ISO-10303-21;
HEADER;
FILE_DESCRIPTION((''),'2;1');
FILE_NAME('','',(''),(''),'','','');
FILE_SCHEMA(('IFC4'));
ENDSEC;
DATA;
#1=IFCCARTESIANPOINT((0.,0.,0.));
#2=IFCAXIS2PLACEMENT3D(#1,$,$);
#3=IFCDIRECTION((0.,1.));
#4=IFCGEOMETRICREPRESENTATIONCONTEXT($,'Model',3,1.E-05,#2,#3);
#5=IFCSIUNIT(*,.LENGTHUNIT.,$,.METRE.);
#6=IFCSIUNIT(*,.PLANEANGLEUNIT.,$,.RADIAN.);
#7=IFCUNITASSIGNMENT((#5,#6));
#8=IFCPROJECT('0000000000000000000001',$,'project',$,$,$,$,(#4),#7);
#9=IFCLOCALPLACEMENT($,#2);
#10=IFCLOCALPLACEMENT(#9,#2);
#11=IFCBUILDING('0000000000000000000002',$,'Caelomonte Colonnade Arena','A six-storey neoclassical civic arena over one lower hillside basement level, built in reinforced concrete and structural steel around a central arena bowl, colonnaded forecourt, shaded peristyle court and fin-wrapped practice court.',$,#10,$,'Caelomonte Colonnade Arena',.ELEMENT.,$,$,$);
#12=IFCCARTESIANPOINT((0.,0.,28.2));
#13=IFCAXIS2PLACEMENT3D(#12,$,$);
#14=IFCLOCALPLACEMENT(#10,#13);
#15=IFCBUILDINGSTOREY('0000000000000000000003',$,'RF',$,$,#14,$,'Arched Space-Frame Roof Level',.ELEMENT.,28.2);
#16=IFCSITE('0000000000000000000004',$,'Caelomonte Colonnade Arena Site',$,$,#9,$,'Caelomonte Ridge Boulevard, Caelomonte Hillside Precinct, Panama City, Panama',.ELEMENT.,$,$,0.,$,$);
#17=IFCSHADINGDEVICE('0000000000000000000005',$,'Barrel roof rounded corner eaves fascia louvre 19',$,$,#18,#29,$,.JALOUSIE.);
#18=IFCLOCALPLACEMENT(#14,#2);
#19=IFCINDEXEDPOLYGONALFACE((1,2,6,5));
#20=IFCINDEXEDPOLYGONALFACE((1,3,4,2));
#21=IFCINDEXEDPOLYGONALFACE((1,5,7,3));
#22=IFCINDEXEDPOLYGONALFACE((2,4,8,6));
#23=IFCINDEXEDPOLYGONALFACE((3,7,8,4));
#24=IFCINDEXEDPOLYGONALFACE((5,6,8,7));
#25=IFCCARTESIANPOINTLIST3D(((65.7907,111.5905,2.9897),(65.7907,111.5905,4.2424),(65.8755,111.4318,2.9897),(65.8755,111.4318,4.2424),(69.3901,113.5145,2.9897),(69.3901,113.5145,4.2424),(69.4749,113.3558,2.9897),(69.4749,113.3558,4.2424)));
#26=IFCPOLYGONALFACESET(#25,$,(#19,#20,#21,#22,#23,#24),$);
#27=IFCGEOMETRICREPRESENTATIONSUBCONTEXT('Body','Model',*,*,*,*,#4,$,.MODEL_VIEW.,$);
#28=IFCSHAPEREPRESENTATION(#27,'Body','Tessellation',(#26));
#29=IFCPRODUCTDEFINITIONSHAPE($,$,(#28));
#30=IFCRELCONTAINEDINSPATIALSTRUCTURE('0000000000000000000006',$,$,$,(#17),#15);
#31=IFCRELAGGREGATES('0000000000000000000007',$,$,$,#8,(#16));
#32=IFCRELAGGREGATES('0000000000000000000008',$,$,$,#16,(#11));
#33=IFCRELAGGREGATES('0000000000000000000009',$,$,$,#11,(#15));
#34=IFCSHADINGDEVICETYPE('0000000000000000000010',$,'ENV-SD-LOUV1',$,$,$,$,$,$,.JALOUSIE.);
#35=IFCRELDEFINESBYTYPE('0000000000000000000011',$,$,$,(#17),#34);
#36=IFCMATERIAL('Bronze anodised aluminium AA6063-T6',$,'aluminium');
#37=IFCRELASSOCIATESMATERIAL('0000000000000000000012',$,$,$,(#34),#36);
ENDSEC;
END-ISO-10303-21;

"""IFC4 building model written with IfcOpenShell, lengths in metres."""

from ifc_helpers import new_model, si_unit, direction, frame, origin, origin_2d, place, context, subcontext, project, spatial, rectangle, extrude, material, type_object, element, save


model = new_model("IFC4")

# Units and contexts
model_context = context("Model", 3, precision=1e-05, world=origin(), true_north=direction((0.0, 1.0)))
body_context = subcontext(model_context, "Body", "Model", "MODEL_VIEW")
ifc_project = project(units=[si_unit("LENGTHUNIT", "METRE"), si_unit("PLANEANGLEUNIT", "RADIAN")], contexts=[model_context])

# Site, building, storey
site_placement = place(None, origin())
site = spatial("IfcSite", under=ifc_project, at=site_placement, Name="Caelomonte Colonnade Arena Site", LongName="Caelomonte Ridge Boulevard, Caelomonte Hillside Precinct, Panama City, Panama", CompositionType="ELEMENT", RefElevation=0.0)
building_placement = place(site_placement, origin())
building = spatial("IfcBuilding", under=site, at=building_placement, Name="Caelomonte Colonnade Arena", Description="A six-storey neoclassical civic arena over one lower hillside basement level, built in reinforced concrete and structural steel around a central arena bowl, colonnaded forecourt, shaded peristyle court and fin-wrapped practice court.", LongName="Caelomonte Colonnade Arena", CompositionType="ELEMENT")
storey_placement = place(building_placement, frame((0.0, 0.0, 28.2)))
storey = spatial("IfcBuildingStorey", under=building, at=storey_placement, Name="RF", LongName="Arched Space-Frame Roof Level", CompositionType="ELEMENT", Elevation=28.2)

# Shared definitions
ifc_material_1 = material(Name="Bronze anodised aluminium AA6063-T6", Category="aluminium")

# Shading device
shading_device_type = type_object("IfcShadingDeviceType", Name="ENV-SD-LOUV1", PredefinedType="JALOUSIE", material=ifc_material_1)
shading_device_placement = place(storey_placement, frame((67.6328, 112.4731, 2.9897), z_axis=(0.0, 0.0, 1.0), x_axis=(-0.881919, -0.471401, 0.0)))
element("IfcShadingDevice", 1, at=shading_device_placement, inside=storey, type_object=shading_device_type, Name="Barrel roof rounded corner eaves fascia louvre 19", PredefinedType="JALOUSIE", context=body_context, shape_type="SweptSolid", body=[
    extrude(rectangle(XDim=4.0813, YDim=0.1799, at=origin_2d()), origin(), (0.0, 0.0, 1.0), 1.2527),
])

save(model, "model.ifc")
